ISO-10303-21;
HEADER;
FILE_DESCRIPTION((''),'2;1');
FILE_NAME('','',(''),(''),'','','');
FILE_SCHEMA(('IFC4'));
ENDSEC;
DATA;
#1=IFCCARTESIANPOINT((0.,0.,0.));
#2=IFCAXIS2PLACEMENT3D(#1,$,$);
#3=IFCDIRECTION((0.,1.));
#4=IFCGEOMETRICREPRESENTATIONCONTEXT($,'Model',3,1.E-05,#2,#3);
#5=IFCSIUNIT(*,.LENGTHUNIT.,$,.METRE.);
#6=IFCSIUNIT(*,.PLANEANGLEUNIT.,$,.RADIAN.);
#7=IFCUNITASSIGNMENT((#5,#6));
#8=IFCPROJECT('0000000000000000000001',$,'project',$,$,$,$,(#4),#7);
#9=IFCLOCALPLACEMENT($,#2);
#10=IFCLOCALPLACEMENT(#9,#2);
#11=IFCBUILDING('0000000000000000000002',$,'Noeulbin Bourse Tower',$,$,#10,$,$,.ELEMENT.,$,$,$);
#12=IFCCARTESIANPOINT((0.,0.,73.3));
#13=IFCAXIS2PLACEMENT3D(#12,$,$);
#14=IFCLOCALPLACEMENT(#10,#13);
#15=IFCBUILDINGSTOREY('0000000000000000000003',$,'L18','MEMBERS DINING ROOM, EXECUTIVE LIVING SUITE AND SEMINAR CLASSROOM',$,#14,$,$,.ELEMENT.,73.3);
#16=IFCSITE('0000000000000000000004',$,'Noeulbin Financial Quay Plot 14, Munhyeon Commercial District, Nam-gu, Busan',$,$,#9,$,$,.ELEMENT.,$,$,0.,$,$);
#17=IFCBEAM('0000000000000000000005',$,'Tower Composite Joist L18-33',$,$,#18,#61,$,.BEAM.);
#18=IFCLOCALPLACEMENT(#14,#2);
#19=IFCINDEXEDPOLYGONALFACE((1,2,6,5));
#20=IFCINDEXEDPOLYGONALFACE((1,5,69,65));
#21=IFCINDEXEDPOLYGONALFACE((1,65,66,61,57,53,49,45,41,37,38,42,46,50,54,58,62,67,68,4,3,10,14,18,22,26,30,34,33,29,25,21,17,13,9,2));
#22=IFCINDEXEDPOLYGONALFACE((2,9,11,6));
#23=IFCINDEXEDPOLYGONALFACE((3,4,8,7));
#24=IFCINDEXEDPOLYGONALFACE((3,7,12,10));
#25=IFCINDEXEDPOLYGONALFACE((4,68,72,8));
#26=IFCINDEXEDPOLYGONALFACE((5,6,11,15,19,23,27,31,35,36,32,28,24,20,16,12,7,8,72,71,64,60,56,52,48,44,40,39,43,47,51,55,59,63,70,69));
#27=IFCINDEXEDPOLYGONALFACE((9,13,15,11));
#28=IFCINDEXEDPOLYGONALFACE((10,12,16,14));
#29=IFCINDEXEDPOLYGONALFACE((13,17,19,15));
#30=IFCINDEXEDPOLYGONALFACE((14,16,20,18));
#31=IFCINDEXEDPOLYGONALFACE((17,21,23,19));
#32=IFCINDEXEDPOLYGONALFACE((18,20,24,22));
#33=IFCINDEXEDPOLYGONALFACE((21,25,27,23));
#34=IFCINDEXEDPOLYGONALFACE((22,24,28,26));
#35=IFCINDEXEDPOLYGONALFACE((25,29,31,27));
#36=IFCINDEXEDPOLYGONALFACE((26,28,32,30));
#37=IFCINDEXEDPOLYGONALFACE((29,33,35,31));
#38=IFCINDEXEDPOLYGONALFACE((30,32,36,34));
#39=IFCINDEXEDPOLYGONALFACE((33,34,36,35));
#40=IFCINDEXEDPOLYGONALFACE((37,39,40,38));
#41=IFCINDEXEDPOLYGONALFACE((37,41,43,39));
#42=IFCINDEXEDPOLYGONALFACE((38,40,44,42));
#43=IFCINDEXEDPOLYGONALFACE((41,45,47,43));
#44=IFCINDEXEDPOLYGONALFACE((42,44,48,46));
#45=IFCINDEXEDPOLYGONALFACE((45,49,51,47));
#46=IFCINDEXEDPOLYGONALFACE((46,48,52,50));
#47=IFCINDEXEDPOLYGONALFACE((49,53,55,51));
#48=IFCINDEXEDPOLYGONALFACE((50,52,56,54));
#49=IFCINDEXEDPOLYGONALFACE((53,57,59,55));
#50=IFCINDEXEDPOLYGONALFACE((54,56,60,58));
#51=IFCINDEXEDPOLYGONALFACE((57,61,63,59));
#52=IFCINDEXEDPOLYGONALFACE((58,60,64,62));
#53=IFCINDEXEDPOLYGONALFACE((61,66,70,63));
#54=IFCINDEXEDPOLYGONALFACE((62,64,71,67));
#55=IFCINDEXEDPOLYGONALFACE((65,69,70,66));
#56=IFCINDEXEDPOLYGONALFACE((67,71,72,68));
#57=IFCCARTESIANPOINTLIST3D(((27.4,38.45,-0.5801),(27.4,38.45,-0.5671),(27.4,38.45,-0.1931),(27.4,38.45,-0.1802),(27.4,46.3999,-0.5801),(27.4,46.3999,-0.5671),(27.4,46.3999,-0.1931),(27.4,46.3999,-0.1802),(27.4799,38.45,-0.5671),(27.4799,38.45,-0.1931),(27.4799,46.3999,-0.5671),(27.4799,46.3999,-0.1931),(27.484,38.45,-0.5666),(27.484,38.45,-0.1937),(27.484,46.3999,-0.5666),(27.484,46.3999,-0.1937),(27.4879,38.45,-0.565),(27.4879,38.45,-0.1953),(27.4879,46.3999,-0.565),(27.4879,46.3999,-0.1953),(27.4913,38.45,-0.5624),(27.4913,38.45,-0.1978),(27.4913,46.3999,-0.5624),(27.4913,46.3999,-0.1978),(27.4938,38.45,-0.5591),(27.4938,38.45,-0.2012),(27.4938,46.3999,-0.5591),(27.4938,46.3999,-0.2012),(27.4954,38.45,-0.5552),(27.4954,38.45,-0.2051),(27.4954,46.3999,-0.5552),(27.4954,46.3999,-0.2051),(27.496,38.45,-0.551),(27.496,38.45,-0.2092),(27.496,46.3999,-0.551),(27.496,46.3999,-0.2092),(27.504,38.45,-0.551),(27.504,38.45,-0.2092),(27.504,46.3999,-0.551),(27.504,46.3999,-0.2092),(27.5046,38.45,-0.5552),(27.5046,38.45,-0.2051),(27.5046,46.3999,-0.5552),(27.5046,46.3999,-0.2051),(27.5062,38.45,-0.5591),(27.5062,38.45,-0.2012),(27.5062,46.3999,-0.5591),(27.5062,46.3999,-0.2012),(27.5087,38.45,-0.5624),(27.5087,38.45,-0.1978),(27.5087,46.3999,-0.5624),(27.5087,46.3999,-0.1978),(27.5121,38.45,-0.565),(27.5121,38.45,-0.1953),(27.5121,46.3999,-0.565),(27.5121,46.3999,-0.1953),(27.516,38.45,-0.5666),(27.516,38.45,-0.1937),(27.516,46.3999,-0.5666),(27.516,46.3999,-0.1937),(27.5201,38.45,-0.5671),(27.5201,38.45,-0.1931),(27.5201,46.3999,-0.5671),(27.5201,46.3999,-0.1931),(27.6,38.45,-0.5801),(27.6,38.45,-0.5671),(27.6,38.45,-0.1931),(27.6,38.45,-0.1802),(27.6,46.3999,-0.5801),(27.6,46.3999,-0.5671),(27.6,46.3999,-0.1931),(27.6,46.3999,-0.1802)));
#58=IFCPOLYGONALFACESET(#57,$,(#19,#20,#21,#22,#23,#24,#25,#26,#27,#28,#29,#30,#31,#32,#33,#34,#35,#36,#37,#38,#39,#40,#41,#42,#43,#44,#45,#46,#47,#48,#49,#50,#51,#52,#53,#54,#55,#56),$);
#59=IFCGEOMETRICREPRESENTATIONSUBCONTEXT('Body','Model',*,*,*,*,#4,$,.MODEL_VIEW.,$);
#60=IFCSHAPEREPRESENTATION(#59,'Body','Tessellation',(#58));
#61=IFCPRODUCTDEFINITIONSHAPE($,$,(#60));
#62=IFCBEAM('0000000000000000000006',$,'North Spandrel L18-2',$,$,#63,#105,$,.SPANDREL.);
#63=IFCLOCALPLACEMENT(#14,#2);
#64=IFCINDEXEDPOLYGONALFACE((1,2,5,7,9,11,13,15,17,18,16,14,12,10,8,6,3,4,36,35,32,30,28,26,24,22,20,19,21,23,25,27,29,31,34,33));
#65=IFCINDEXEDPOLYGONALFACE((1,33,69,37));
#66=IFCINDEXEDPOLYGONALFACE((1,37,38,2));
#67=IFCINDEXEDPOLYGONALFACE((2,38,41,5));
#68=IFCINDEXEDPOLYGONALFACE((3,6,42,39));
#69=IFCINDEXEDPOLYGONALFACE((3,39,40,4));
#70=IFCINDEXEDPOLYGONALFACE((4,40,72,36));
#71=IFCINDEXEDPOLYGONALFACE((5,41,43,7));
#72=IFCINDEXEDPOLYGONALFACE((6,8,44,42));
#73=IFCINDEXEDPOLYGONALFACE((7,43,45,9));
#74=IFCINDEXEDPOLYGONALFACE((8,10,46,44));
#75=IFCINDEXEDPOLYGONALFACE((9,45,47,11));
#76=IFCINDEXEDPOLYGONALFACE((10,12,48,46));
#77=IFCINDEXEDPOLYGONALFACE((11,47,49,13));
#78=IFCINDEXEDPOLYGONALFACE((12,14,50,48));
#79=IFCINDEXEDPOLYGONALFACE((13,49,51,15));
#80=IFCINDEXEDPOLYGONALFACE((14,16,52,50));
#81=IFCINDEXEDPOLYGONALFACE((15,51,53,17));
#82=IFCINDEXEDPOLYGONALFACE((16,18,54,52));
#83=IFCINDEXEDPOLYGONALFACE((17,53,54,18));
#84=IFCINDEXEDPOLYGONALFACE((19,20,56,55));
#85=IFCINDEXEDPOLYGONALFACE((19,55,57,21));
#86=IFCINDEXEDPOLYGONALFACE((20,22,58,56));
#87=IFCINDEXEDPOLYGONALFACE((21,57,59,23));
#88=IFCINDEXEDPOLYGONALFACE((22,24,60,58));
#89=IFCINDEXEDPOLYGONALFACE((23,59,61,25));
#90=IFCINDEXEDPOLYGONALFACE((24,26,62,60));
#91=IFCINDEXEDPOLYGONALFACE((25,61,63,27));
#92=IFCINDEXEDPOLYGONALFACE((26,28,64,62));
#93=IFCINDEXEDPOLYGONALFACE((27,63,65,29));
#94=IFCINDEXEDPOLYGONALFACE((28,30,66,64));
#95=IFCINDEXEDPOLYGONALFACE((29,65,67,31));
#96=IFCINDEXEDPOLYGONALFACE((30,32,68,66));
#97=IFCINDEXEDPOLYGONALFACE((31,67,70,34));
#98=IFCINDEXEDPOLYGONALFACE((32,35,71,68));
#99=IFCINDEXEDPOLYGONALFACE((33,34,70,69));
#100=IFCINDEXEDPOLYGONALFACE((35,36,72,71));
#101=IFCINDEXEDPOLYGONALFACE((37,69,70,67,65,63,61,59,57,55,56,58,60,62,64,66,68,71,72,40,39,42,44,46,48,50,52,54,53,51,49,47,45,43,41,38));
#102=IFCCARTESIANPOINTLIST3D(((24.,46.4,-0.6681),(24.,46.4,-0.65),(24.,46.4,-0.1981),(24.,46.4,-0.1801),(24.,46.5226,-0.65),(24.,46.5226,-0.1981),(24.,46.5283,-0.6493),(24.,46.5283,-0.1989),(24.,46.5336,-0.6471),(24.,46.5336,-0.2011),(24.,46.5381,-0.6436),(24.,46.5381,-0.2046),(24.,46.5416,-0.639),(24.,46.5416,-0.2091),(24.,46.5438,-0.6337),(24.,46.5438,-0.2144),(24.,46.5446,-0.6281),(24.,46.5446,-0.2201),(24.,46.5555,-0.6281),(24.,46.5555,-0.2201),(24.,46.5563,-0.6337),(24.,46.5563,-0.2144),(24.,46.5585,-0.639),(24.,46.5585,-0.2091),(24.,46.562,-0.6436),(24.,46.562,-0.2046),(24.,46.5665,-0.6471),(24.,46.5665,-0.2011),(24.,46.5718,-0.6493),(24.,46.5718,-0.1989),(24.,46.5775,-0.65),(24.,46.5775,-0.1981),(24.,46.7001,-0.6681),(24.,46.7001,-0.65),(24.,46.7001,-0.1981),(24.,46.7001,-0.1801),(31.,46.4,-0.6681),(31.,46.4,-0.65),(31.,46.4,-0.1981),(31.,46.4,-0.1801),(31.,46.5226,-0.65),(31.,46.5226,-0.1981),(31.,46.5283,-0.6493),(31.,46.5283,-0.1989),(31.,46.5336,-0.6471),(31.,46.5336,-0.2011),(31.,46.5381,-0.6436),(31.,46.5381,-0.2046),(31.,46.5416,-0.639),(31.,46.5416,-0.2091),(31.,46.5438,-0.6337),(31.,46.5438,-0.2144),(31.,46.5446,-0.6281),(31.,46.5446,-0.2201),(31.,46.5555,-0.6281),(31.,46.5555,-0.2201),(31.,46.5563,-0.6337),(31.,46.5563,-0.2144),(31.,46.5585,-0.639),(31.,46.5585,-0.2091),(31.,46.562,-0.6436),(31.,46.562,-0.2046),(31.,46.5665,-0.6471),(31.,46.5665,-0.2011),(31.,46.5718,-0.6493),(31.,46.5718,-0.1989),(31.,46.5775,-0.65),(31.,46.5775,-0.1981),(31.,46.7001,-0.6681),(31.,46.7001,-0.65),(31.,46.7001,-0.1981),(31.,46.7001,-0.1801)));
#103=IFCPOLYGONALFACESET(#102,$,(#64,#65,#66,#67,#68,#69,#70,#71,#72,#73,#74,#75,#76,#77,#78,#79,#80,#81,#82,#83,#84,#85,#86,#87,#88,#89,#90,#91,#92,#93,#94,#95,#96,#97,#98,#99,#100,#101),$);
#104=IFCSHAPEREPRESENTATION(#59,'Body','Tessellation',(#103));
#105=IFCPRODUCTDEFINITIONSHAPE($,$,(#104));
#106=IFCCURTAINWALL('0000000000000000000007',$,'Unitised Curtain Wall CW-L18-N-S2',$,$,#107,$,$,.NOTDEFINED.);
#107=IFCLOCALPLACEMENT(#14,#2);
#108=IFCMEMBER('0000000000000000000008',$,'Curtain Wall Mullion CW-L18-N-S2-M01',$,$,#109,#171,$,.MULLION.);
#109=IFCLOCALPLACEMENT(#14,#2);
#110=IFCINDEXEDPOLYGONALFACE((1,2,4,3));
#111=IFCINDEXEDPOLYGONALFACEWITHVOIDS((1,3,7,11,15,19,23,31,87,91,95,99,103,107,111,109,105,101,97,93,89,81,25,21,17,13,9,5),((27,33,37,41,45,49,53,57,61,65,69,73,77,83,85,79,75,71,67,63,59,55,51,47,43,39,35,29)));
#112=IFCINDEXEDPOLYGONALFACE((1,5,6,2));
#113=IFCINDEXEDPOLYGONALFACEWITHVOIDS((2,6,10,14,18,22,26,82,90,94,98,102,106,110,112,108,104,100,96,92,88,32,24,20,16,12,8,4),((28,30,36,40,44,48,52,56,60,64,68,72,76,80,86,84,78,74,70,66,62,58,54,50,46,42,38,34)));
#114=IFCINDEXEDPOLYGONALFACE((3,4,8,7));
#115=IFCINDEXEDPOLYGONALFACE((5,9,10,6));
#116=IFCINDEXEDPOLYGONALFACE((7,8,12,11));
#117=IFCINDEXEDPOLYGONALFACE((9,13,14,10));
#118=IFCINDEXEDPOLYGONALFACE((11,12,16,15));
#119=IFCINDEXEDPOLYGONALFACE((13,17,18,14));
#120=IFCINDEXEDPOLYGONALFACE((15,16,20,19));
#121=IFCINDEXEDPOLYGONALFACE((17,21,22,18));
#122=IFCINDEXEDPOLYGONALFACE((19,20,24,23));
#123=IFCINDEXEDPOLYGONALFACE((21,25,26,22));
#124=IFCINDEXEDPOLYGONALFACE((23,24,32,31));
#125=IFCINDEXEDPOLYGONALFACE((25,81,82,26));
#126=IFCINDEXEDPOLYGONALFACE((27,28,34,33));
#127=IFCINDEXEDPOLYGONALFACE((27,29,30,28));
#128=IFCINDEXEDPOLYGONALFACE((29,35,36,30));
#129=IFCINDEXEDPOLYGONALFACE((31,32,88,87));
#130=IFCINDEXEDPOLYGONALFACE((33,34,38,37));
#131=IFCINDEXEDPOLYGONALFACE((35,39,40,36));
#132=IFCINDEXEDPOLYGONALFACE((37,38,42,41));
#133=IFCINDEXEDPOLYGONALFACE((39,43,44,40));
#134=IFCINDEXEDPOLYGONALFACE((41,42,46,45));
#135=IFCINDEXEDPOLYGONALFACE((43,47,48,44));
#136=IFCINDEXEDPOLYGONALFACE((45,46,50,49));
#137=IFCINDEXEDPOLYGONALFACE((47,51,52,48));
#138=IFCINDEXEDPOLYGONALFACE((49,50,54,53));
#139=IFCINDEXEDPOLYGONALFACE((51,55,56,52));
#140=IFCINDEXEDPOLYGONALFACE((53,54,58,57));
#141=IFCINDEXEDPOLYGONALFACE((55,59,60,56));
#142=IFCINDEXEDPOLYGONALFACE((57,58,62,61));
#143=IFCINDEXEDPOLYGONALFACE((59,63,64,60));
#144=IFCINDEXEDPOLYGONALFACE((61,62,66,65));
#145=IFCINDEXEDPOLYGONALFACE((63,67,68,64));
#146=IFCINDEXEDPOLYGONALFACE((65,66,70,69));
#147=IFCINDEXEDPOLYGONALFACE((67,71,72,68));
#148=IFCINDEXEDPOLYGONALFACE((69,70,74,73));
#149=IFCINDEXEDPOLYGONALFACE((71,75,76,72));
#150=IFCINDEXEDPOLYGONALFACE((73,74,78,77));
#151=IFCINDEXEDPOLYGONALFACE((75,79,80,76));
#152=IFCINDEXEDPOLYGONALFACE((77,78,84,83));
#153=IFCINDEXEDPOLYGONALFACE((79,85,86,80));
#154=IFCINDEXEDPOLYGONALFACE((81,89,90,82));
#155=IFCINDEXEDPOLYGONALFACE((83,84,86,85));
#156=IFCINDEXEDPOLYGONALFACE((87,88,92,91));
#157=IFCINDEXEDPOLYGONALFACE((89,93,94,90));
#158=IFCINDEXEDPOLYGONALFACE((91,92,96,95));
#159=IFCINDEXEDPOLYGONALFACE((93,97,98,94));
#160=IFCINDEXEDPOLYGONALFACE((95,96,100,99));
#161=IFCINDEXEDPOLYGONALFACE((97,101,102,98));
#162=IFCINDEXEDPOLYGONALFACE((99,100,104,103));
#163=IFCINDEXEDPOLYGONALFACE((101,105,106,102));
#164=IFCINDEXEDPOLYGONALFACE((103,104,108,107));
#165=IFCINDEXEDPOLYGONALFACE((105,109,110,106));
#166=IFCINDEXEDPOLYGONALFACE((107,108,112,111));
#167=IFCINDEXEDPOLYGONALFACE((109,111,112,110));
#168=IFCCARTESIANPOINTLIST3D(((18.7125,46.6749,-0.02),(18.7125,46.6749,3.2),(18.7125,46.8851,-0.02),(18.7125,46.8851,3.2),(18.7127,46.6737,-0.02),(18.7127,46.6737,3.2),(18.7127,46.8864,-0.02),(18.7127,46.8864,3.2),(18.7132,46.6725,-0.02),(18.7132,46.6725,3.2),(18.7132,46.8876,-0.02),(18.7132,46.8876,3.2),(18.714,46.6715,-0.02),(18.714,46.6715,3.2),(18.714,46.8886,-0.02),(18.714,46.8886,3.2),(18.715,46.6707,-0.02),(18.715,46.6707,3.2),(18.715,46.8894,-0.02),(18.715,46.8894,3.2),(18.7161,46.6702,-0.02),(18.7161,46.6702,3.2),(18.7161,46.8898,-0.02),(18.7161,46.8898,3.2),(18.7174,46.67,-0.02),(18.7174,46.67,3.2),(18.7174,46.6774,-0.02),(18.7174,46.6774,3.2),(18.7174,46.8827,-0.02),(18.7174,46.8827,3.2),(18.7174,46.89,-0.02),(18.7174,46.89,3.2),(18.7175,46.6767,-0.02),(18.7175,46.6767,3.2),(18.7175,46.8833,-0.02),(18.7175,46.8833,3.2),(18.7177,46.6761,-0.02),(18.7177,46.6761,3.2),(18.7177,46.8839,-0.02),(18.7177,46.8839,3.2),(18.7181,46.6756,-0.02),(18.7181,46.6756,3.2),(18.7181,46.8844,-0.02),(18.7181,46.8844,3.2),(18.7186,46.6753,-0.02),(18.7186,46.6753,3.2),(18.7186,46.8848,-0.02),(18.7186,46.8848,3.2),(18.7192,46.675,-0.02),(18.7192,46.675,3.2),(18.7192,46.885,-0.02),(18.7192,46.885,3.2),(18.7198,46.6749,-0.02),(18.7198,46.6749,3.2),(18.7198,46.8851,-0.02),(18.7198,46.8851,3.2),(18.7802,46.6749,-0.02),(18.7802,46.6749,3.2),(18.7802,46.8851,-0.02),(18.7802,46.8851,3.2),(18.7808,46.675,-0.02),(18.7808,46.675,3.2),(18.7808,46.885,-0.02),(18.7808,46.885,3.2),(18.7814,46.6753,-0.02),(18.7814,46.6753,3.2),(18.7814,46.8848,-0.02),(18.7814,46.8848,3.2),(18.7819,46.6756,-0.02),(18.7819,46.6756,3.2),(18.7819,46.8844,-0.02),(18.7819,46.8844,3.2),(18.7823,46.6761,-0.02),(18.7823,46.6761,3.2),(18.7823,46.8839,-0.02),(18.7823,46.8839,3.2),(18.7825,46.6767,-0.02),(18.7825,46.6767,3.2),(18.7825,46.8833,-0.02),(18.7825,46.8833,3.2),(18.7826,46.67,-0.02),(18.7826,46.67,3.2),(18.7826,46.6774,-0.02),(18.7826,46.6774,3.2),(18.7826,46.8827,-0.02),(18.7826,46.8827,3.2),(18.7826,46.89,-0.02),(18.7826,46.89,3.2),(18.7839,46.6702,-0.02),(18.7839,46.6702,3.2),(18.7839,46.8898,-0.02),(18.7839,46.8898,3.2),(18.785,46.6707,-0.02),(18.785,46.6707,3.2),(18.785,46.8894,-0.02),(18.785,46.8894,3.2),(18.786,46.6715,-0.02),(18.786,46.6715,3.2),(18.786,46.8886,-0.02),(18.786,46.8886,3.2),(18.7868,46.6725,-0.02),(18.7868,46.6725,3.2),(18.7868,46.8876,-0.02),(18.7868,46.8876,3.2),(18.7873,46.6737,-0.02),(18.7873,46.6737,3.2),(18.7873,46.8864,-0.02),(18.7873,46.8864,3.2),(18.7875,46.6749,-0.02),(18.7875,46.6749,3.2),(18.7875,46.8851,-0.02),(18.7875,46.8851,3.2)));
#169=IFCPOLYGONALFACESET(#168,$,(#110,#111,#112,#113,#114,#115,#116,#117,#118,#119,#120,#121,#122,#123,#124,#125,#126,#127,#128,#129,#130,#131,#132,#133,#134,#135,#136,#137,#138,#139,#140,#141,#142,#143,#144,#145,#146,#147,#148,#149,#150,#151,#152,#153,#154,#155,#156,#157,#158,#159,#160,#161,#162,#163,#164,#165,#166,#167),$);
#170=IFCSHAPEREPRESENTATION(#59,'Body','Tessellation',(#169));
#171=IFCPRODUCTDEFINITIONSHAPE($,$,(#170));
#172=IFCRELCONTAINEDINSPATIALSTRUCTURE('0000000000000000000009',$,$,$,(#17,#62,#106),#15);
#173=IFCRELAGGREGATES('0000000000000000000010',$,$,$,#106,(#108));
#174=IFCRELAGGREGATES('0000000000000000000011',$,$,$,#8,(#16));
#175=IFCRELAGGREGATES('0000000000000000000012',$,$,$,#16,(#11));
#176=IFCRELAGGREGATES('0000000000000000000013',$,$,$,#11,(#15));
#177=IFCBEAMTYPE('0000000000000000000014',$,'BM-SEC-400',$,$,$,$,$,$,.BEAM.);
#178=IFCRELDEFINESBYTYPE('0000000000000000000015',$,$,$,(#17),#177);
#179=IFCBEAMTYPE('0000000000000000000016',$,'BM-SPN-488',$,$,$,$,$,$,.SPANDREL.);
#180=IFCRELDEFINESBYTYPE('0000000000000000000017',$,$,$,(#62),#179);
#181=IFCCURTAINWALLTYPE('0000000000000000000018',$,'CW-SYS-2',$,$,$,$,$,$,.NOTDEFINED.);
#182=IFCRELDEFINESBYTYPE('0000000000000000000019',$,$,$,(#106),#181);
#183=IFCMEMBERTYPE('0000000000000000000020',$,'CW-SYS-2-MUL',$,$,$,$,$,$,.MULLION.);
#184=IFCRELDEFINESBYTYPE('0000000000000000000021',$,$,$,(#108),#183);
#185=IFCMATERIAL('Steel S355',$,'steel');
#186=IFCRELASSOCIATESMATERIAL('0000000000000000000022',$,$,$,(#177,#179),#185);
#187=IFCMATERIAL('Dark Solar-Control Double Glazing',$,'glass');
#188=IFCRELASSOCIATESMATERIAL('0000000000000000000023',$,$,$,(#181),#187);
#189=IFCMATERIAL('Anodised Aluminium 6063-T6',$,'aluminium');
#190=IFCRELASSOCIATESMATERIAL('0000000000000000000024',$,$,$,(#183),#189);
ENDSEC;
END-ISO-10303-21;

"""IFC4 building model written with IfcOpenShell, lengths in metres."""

from ifc_helpers import new_model, si_unit, direction, frame, origin, origin_2d, place, context, subcontext, project, spatial, hollow_rectangle, i_section, extrude, material, material_profile, profile_set, type_object, element, aggregate, save


model = new_model("IFC4")

# Units and contexts
model_context = context("Model", 3, precision=1e-05, world=origin(), true_north=direction((0.0, 1.0)))
body_context = subcontext(model_context, "Body", "Model", "MODEL_VIEW")
ifc_project = project(units=[si_unit("LENGTHUNIT", "METRE"), si_unit("PLANEANGLEUNIT", "RADIAN")], contexts=[model_context])

# Site, building, storey
site_placement = place(None, origin())
site = spatial("IfcSite", under=ifc_project, at=site_placement, Name="Noeulbin Financial Quay Plot 14, Munhyeon Commercial District, Nam-gu, Busan", CompositionType="ELEMENT", RefElevation=0.0)
building_placement = place(site_placement, origin())
building = spatial("IfcBuilding", under=site, at=building_placement, Name="Noeulbin Bourse Tower", CompositionType="ELEMENT")
storey_placement = place(building_placement, frame((0.0, 0.0, 73.3)))
storey = spatial("IfcBuildingStorey", under=building, at=storey_placement, Name="L18", Description="MEMBERS DINING ROOM, EXECUTIVE LIVING SUITE AND SEMINAR CLASSROOM", CompositionType="ELEMENT", Elevation=73.3)

# Beams
ifc_material_1 = material(Name="Steel S355", Category="steel")
ifc_material_profile_1 = material_profile(ifc_material_1, i_section(OverallWidth=0.2, OverallDepth=0.3999, WebThickness=0.0081, FlangeThickness=0.0129, FilletRadius=0.0161, at=origin_2d()), Name="H-400x200x8x13", Category="LoadBearing")
ifc_profile_set_1 = profile_set([ifc_material_profile_1], Name="Steel S355")
beam_type_1 = type_object("IfcBeamType", Name="BM-SEC-400", PredefinedType="BEAM", material=ifc_profile_set_1)
for number, where, z_axis, x_axis, name in (
    (1, (27.5, 38.45, -0.3801), (0.0, 1.0, 0.0), (-1.0, 0.0, 0.0), "Tower Composite Joist L18-33"),
):
    element("IfcBeam", number, at=place(storey_placement, frame(where, z_axis=z_axis, x_axis=x_axis)), inside=storey, type_object=beam_type_1, Name=name, PredefinedType="BEAM", context=body_context, shape_type="SweptSolid", body=[
        extrude(i_section(OverallWidth=0.2, OverallDepth=0.3999, WebThickness=0.0081, FlangeThickness=0.0129, FilletRadius=0.0161, at=origin_2d()), origin(), (0.0, 0.0, 1.0), 7.95),
    ])
ifc_material_profile_2 = material_profile(ifc_material_1, i_section(OverallWidth=0.3, OverallDepth=0.488, WebThickness=0.011, FlangeThickness=0.0181, FilletRadius=0.022, at=origin_2d()), Name="H-488x300x11x18", Category="LoadBearing")
ifc_profile_set_2 = profile_set([ifc_material_profile_2], Name="Steel S355")
beam_type_2 = type_object("IfcBeamType", Name="BM-SPN-488", PredefinedType="SPANDREL", material=ifc_profile_set_2)
beam_1_placement = place(storey_placement, frame((24.0, 46.55, -0.4241), z_axis=(1.0, 0.0, 0.0), x_axis=(0.0, 1.0, 0.0)))
element("IfcBeam", 2, at=beam_1_placement, inside=storey, type_object=beam_type_2, Name="North Spandrel L18-2", PredefinedType="SPANDREL", context=body_context, shape_type="SweptSolid", body=[
    extrude(i_section(OverallWidth=0.3, OverallDepth=0.488, WebThickness=0.011, FlangeThickness=0.0181, FilletRadius=0.022, at=origin_2d()), origin(), (0.0, 0.0, 1.0), 7.0),
])

# Curtain wall, member
ifc_material_2 = material(Name="Dark Solar-Control Double Glazing", Category="glass")
curtain_wall_type = type_object("IfcCurtainWallType", Name="CW-SYS-2", PredefinedType="NOTDEFINED", material=ifc_material_2)
curtain_wall_1_placement = place(storey_placement, origin())
curtain_wall_1 = element("IfcCurtainWall", 3, at=curtain_wall_1_placement, inside=storey, type_object=curtain_wall_type, Name="Unitised Curtain Wall CW-L18-N-S2", PredefinedType="NOTDEFINED")
ifc_material_3 = material(Name="Anodised Aluminium 6063-T6", Category="aluminium")
ifc_material_profile_3 = material_profile(ifc_material_3, hollow_rectangle(XDim=0.075, YDim=0.22, WallThickness=0.0049, InnerFilletRadius=0.0024, OuterFilletRadius=0.0049, at=origin_2d()), Name="ALU-MULL-75x220x5", Category="LoadBearing")
ifc_profile_set_3 = profile_set([ifc_material_profile_3], Name="Anodised Aluminium 6063-T6")
member_type_1 = type_object("IfcMemberType", Name="CW-SYS-2-MUL", PredefinedType="MULLION", material=ifc_profile_set_3)
member_1_placement = place(storey_placement, frame((18.75, 46.78, -0.02), z_axis=(0.0, 0.0, 1.0), x_axis=(1.0, 0.0, 0.0)))
member_1 = element("IfcMember", 4, at=member_1_placement, type_object=member_type_1, Name="Curtain Wall Mullion CW-L18-N-S2-M01", PredefinedType="MULLION", context=body_context, shape_type="SweptSolid", body=[
    extrude(hollow_rectangle(XDim=0.075, YDim=0.22, WallThickness=0.0049, InnerFilletRadius=0.0024, OuterFilletRadius=0.0049, at=origin_2d()), origin(), (0.0, 0.0, 1.0), 3.22),
])

aggregate(curtain_wall_1, [member_1])

save(model, "model.ifc")
